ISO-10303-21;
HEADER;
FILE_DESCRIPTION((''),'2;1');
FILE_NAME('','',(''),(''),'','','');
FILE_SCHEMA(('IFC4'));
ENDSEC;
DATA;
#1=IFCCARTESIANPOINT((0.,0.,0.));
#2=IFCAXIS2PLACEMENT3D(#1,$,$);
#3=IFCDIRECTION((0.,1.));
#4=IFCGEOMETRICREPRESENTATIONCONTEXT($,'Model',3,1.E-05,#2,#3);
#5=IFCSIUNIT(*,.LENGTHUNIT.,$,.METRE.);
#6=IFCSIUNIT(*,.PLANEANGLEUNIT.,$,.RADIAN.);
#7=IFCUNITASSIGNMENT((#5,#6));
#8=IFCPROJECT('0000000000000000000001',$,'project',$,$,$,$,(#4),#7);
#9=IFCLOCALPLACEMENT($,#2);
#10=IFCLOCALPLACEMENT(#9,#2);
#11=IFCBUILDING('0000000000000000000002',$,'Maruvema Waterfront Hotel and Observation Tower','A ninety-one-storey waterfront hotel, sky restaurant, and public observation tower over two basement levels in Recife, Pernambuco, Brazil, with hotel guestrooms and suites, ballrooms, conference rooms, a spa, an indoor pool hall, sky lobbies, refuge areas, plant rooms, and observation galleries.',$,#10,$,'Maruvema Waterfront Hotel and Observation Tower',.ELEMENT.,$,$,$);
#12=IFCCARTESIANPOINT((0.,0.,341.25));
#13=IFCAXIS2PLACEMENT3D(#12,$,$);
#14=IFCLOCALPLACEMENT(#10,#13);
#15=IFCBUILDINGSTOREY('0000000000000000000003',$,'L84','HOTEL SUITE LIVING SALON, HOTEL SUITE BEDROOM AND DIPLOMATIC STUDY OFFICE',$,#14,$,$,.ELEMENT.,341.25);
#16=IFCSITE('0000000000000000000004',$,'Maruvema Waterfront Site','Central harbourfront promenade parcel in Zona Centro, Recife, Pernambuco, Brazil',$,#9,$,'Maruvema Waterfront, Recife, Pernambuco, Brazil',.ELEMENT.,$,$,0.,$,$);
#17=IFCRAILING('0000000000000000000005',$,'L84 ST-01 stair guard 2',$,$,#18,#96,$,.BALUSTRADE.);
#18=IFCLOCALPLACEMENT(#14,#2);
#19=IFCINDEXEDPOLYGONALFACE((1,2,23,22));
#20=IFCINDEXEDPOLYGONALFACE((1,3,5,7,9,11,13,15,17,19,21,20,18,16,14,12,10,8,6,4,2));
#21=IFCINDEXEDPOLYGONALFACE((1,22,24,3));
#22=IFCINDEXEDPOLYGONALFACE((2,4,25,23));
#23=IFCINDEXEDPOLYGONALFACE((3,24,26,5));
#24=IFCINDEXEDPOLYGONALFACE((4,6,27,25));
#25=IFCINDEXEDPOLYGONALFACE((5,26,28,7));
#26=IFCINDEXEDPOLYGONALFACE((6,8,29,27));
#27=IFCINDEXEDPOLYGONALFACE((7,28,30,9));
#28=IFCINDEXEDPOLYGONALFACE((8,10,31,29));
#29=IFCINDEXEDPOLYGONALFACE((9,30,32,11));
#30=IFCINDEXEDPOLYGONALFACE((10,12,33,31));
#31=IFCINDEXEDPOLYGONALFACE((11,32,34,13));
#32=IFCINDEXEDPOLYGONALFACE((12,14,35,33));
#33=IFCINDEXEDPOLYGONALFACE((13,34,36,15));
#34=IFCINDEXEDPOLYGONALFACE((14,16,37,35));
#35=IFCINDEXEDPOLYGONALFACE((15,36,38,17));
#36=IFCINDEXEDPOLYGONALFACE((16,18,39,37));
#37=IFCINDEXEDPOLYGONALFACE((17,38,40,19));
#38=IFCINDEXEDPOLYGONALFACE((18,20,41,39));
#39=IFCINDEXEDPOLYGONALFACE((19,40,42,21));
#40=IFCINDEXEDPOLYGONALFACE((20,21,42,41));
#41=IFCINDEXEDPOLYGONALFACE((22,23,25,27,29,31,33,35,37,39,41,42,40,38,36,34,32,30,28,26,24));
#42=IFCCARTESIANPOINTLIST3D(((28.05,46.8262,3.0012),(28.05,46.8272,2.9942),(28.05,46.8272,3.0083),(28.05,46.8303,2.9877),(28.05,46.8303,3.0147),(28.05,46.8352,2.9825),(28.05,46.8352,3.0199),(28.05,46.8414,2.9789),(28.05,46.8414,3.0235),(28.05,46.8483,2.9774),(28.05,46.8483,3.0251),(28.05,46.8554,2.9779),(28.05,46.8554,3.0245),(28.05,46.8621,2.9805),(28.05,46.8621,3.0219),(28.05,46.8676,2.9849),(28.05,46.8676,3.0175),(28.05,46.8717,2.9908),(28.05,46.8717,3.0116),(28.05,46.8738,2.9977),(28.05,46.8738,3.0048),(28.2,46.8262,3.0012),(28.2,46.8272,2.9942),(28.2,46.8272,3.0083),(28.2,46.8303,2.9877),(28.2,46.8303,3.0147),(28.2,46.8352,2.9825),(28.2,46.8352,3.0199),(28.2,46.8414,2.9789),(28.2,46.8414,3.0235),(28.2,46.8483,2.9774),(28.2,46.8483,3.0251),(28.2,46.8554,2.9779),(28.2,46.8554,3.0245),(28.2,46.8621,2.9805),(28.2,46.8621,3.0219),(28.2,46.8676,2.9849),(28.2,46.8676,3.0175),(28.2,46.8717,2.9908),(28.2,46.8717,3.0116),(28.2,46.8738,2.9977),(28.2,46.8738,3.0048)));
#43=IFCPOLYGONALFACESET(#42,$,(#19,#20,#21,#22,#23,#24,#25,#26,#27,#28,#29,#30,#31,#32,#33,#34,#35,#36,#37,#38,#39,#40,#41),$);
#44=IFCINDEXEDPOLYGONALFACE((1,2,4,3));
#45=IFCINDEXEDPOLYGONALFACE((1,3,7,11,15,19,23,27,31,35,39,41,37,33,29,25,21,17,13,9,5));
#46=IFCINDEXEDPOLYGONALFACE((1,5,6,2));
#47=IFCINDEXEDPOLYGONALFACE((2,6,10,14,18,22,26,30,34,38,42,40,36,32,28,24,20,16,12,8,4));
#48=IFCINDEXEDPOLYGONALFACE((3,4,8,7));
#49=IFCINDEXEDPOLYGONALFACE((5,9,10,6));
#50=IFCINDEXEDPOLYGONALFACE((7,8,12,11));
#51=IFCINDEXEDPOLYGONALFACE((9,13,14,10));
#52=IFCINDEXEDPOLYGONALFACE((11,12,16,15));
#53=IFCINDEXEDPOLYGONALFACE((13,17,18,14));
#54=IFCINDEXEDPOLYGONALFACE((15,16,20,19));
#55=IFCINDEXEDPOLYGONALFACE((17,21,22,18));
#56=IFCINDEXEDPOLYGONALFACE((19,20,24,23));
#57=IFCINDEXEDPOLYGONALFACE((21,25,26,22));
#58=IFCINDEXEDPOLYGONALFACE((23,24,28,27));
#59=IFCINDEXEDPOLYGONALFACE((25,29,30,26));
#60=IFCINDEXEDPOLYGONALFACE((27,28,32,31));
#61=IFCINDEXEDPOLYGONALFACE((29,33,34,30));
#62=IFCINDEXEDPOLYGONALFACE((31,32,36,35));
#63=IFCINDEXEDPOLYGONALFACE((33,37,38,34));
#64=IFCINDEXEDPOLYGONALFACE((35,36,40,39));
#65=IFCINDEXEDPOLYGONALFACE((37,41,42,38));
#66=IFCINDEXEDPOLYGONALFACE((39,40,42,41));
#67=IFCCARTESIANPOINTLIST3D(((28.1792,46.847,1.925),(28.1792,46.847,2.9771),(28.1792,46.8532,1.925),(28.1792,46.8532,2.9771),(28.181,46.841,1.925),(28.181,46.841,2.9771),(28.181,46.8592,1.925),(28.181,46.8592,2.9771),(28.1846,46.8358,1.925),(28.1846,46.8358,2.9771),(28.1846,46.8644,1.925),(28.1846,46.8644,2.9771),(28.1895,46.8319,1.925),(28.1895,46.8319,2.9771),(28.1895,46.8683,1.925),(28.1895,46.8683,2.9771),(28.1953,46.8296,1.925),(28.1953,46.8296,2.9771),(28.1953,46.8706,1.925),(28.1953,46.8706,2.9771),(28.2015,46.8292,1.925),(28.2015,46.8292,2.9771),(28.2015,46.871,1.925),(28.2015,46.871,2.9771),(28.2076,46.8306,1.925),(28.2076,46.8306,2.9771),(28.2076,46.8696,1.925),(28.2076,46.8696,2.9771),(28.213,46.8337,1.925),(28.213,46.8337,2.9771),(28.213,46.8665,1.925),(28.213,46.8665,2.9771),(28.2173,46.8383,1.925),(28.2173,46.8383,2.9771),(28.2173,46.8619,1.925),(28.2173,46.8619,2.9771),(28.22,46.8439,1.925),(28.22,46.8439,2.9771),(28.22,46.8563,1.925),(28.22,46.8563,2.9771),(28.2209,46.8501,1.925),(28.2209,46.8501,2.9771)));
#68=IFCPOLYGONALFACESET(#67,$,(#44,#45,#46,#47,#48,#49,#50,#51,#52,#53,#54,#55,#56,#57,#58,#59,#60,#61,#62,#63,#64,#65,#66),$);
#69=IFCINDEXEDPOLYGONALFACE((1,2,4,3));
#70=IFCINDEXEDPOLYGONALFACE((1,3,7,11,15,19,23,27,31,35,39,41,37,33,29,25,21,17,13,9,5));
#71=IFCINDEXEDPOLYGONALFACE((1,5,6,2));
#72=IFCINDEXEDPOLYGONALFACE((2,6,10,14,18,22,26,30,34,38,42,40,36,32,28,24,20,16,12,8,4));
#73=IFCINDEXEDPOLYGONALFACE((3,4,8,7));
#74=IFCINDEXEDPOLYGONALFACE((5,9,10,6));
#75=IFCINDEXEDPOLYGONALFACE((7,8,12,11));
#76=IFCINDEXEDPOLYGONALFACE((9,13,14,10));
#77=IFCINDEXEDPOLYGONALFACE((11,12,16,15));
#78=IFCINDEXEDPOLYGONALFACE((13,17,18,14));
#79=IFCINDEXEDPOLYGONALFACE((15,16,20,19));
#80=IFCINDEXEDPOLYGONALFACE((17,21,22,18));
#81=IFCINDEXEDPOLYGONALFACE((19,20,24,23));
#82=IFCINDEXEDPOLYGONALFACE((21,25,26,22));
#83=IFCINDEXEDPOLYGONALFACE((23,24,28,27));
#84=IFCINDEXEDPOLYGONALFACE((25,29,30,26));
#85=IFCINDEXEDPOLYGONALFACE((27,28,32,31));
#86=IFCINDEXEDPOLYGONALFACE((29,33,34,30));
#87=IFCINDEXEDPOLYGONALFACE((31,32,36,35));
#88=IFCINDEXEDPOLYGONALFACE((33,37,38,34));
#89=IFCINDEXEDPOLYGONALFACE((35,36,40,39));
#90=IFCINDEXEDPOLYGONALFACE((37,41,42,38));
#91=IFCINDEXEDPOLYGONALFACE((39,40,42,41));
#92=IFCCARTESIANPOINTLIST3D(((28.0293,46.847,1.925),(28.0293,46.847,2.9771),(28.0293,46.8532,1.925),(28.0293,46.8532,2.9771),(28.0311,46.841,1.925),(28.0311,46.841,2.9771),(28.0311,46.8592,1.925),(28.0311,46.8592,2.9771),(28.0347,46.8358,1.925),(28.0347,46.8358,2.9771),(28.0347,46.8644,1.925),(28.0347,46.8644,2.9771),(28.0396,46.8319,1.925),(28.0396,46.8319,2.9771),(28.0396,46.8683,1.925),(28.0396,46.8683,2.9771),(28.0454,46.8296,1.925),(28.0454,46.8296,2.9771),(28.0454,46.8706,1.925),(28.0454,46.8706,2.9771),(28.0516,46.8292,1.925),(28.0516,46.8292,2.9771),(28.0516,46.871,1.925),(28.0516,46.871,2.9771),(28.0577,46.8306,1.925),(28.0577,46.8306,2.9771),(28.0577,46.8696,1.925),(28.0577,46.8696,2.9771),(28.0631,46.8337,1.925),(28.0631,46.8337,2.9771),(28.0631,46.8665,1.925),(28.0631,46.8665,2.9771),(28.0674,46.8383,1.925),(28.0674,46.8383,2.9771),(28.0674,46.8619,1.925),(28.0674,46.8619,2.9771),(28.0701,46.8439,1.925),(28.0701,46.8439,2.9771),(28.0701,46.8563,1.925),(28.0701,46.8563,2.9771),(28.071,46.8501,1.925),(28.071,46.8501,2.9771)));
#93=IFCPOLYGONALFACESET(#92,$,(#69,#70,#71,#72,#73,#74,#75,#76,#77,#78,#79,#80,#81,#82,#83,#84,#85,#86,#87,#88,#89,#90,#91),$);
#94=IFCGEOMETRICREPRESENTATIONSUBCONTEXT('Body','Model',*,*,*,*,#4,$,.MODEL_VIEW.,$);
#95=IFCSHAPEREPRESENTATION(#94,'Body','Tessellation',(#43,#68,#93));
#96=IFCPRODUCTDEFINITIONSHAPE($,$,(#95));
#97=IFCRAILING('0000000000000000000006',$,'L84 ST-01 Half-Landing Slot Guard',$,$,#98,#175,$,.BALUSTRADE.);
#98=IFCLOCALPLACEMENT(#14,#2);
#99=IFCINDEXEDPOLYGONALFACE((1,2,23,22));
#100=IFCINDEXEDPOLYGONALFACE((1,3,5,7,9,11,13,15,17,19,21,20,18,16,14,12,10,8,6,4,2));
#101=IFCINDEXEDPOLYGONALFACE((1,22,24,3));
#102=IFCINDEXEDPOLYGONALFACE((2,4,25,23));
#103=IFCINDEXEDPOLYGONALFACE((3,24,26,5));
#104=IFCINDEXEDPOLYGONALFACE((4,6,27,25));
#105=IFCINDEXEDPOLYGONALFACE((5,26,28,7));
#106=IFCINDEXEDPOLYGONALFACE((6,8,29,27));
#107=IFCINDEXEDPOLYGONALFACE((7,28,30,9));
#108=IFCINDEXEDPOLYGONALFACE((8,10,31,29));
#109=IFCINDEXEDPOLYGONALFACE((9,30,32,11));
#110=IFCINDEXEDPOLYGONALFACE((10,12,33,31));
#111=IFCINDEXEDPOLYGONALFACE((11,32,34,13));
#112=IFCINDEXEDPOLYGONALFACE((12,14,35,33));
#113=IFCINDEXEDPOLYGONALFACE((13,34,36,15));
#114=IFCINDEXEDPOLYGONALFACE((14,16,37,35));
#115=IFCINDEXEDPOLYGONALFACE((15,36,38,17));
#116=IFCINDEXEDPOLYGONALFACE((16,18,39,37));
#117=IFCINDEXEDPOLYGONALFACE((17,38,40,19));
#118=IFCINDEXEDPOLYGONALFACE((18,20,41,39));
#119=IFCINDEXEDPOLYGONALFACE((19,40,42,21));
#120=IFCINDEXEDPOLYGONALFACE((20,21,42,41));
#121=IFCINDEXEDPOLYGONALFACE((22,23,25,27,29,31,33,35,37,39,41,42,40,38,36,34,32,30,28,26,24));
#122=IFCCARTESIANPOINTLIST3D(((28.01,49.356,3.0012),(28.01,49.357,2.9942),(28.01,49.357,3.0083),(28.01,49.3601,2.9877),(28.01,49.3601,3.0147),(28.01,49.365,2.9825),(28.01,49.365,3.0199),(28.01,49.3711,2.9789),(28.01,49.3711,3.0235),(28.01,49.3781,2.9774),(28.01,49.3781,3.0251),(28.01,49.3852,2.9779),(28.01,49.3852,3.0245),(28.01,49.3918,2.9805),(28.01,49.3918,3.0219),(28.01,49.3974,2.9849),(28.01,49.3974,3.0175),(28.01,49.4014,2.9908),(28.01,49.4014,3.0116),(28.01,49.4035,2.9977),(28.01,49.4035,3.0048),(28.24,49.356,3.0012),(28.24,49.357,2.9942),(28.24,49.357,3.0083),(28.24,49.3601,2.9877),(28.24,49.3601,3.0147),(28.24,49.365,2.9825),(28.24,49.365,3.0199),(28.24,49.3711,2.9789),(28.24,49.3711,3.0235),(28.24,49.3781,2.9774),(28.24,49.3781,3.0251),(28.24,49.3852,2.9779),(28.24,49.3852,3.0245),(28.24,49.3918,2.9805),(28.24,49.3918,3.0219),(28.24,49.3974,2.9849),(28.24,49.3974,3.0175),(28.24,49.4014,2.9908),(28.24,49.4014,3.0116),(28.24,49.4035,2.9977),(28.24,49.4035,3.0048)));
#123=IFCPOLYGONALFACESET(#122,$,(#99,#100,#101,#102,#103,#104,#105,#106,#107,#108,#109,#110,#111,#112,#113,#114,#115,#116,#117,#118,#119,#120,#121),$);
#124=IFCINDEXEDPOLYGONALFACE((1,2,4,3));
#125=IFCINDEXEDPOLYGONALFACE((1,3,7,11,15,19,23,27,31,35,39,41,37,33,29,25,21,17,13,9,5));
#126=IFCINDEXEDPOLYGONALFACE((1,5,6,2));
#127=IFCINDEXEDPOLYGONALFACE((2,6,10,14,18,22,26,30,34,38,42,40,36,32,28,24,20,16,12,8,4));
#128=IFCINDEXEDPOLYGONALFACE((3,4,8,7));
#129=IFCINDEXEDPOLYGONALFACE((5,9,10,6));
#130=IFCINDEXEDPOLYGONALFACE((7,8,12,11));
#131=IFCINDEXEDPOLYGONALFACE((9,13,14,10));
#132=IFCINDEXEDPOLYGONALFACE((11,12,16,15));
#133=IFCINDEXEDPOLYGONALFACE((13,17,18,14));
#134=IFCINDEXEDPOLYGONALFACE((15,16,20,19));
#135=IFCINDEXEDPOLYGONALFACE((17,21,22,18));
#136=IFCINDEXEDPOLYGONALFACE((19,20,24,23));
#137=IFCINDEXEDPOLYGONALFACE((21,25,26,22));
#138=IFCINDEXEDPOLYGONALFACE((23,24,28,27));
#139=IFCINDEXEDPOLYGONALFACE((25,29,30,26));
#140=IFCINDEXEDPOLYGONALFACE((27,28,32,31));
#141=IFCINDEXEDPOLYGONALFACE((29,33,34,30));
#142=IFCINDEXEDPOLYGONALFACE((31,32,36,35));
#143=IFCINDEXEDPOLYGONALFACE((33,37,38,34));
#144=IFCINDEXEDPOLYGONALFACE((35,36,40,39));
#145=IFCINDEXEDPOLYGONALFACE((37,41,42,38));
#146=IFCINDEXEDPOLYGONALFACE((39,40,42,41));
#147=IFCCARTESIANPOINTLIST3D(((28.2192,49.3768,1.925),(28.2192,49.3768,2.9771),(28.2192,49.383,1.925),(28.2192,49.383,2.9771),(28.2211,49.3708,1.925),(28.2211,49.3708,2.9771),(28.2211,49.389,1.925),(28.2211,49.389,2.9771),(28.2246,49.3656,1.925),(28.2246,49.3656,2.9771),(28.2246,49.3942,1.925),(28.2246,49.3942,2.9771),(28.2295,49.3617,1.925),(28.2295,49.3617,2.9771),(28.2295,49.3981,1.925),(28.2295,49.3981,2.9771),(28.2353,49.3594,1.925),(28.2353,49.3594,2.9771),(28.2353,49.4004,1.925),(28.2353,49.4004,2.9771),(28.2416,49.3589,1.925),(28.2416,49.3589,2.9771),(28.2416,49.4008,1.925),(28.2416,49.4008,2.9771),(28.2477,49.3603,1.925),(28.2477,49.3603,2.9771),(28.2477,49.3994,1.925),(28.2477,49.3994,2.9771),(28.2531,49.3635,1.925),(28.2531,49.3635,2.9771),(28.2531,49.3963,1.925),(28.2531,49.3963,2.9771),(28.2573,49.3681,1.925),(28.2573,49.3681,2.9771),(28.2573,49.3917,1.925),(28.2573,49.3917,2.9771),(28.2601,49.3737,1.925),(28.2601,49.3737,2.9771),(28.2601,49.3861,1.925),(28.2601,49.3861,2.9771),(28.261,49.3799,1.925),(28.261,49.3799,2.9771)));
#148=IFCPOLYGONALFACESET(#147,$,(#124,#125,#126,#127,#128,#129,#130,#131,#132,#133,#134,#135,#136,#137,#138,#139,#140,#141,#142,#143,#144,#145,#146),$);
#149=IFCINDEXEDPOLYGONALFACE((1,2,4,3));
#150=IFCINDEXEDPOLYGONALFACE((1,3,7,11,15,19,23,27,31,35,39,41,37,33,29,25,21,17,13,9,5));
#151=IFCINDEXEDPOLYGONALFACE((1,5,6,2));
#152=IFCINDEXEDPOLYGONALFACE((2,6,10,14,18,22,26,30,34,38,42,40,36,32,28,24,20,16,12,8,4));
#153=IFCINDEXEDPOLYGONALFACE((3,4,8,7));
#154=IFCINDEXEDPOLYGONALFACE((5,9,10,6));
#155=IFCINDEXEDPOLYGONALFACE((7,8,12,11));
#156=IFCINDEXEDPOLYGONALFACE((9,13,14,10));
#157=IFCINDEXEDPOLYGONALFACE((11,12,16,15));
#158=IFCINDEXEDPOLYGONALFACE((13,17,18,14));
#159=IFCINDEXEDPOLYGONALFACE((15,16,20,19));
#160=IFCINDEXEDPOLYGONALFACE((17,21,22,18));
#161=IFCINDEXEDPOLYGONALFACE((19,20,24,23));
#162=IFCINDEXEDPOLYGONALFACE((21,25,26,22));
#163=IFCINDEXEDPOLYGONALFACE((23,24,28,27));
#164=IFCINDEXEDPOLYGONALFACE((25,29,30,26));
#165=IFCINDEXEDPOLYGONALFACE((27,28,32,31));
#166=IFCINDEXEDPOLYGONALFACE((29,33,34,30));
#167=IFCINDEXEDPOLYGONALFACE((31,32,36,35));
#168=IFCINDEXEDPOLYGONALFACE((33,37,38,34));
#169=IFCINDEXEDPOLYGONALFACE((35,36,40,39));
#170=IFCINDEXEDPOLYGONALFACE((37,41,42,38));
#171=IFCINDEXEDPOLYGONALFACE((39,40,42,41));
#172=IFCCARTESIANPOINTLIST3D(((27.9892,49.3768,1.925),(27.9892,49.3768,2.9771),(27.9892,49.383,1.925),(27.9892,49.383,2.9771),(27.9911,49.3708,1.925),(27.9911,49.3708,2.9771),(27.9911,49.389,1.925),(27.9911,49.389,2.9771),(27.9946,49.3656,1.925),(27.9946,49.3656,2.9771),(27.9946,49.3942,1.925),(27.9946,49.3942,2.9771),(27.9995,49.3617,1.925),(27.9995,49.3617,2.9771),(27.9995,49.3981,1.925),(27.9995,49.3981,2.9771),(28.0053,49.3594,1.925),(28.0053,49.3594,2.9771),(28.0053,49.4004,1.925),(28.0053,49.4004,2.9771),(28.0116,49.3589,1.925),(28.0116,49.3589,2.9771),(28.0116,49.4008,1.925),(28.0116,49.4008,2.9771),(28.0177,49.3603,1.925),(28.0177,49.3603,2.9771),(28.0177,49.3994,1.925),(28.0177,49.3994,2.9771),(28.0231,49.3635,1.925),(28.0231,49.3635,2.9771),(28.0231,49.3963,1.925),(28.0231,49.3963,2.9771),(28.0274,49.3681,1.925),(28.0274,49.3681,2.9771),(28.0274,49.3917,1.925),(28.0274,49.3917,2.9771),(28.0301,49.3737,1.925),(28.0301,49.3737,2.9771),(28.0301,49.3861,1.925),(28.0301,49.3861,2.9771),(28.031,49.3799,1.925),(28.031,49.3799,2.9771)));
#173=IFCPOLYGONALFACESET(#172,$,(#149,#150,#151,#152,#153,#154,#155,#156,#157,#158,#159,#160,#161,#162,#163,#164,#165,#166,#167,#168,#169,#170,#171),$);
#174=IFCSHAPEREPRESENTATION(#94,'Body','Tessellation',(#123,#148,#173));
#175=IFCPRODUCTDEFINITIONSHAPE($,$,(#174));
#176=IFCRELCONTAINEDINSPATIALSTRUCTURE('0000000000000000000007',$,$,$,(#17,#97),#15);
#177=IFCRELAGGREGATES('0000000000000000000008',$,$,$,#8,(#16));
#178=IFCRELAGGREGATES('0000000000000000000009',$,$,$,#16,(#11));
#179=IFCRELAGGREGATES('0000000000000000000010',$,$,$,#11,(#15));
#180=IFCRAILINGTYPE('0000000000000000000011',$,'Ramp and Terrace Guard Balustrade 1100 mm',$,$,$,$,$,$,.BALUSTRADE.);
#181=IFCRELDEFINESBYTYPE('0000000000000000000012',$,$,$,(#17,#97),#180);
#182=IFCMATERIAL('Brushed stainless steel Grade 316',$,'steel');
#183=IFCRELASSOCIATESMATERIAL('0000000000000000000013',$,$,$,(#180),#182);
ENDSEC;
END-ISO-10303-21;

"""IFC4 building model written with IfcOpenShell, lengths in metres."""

from ifc_helpers import new_model, si_unit, direction, frame, origin, origin_2d, place, context, subcontext, project, spatial, circle, extrude, material, type_object, element, save


model = new_model("IFC4")

# Units and contexts
model_context = context("Model", 3, precision=1e-05, world=origin(), true_north=direction((0.0, 1.0)))
body_context = subcontext(model_context, "Body", "Model", "MODEL_VIEW")
ifc_project = project(units=[si_unit("LENGTHUNIT", "METRE"), si_unit("PLANEANGLEUNIT", "RADIAN")], contexts=[model_context])

# Site, building, storey
site_placement = place(None, origin())
site = spatial("IfcSite", under=ifc_project, at=site_placement, Name="Maruvema Waterfront Site", Description="Central harbourfront promenade parcel in Zona Centro, Recife, Pernambuco, Brazil", LongName="Maruvema Waterfront, Recife, Pernambuco, Brazil", CompositionType="ELEMENT", RefElevation=0.0)
building_placement = place(site_placement, origin())
building = spatial("IfcBuilding", under=site, at=building_placement, Name="Maruvema Waterfront Hotel and Observation Tower", Description="A ninety-one-storey waterfront hotel, sky restaurant, and public observation tower over two basement levels in Recife, Pernambuco, Brazil, with hotel guestrooms and suites, ballrooms, conference rooms, a spa, an indoor pool hall, sky lobbies, refuge areas, plant rooms, and observation galleries.", LongName="Maruvema Waterfront Hotel and Observation Tower", CompositionType="ELEMENT")
storey_placement = place(building_placement, frame((0.0, 0.0, 341.25)))
storey = spatial("IfcBuildingStorey", under=building, at=storey_placement, Name="L84", Description="HOTEL SUITE LIVING SALON, HOTEL SUITE BEDROOM AND DIPLOMATIC STUDY OFFICE", CompositionType="ELEMENT", Elevation=341.25)

# Railings
ifc_material_1 = material(Name="Brushed stainless steel Grade 316", Category="steel")
railing_type_1 = type_object("IfcRailingType", Name="Ramp and Terrace Guard Balustrade 1100 mm", PredefinedType="BALUSTRADE", material=ifc_material_1)
railing_1_placement = place(storey_placement, frame((28.2, 46.8501, 1.925)))
element("IfcRailing", 1, at=railing_1_placement, inside=storey, type_object=railing_type_1, Name="L84 ST-01 stair guard 2", PredefinedType="BALUSTRADE", context=body_context, shape_type="SweptSolid", body=[
    extrude(circle(Radius=0.0239, at=origin_2d()), frame((0.0, 0.0, 1.0762), z_axis=(-1.0, 0.0, 0.0), x_axis=(0.0, -1.0, 0.0)), (0.0, 0.0, 1.0), 0.1499),
    extrude(circle(Radius=0.021, at=origin_2d()), origin(), (0.0, 0.0, 1.0), 1.052),
    extrude(circle(Radius=0.021, at=origin_2d()), frame((-0.1499, 0.0, 0.0)), (0.0, 0.0, 1.0), 1.052),
])
railing_2_placement = place(storey_placement, frame((28.24, 49.3799, 1.925)))
element("IfcRailing", 2, at=railing_2_placement, inside=storey, type_object=railing_type_1, Name="L84 ST-01 Half-Landing Slot Guard", PredefinedType="BALUSTRADE", context=body_context, shape_type="SweptSolid", body=[
    extrude(circle(Radius=0.0239, at=origin_2d()), frame((0.0, 0.0, 1.0762), z_axis=(-1.0, 0.0, 0.0), x_axis=(0.0, -1.0, 0.0)), (0.0, 0.0, 1.0), 0.23),
    extrude(circle(Radius=0.021, at=origin_2d()), origin(), (0.0, 0.0, 1.0), 1.052),
    extrude(circle(Radius=0.021, at=origin_2d()), frame((-0.23, 0.0, 0.0)), (0.0, 0.0, 1.0), 1.052),
])

save(model, "model.ifc")
